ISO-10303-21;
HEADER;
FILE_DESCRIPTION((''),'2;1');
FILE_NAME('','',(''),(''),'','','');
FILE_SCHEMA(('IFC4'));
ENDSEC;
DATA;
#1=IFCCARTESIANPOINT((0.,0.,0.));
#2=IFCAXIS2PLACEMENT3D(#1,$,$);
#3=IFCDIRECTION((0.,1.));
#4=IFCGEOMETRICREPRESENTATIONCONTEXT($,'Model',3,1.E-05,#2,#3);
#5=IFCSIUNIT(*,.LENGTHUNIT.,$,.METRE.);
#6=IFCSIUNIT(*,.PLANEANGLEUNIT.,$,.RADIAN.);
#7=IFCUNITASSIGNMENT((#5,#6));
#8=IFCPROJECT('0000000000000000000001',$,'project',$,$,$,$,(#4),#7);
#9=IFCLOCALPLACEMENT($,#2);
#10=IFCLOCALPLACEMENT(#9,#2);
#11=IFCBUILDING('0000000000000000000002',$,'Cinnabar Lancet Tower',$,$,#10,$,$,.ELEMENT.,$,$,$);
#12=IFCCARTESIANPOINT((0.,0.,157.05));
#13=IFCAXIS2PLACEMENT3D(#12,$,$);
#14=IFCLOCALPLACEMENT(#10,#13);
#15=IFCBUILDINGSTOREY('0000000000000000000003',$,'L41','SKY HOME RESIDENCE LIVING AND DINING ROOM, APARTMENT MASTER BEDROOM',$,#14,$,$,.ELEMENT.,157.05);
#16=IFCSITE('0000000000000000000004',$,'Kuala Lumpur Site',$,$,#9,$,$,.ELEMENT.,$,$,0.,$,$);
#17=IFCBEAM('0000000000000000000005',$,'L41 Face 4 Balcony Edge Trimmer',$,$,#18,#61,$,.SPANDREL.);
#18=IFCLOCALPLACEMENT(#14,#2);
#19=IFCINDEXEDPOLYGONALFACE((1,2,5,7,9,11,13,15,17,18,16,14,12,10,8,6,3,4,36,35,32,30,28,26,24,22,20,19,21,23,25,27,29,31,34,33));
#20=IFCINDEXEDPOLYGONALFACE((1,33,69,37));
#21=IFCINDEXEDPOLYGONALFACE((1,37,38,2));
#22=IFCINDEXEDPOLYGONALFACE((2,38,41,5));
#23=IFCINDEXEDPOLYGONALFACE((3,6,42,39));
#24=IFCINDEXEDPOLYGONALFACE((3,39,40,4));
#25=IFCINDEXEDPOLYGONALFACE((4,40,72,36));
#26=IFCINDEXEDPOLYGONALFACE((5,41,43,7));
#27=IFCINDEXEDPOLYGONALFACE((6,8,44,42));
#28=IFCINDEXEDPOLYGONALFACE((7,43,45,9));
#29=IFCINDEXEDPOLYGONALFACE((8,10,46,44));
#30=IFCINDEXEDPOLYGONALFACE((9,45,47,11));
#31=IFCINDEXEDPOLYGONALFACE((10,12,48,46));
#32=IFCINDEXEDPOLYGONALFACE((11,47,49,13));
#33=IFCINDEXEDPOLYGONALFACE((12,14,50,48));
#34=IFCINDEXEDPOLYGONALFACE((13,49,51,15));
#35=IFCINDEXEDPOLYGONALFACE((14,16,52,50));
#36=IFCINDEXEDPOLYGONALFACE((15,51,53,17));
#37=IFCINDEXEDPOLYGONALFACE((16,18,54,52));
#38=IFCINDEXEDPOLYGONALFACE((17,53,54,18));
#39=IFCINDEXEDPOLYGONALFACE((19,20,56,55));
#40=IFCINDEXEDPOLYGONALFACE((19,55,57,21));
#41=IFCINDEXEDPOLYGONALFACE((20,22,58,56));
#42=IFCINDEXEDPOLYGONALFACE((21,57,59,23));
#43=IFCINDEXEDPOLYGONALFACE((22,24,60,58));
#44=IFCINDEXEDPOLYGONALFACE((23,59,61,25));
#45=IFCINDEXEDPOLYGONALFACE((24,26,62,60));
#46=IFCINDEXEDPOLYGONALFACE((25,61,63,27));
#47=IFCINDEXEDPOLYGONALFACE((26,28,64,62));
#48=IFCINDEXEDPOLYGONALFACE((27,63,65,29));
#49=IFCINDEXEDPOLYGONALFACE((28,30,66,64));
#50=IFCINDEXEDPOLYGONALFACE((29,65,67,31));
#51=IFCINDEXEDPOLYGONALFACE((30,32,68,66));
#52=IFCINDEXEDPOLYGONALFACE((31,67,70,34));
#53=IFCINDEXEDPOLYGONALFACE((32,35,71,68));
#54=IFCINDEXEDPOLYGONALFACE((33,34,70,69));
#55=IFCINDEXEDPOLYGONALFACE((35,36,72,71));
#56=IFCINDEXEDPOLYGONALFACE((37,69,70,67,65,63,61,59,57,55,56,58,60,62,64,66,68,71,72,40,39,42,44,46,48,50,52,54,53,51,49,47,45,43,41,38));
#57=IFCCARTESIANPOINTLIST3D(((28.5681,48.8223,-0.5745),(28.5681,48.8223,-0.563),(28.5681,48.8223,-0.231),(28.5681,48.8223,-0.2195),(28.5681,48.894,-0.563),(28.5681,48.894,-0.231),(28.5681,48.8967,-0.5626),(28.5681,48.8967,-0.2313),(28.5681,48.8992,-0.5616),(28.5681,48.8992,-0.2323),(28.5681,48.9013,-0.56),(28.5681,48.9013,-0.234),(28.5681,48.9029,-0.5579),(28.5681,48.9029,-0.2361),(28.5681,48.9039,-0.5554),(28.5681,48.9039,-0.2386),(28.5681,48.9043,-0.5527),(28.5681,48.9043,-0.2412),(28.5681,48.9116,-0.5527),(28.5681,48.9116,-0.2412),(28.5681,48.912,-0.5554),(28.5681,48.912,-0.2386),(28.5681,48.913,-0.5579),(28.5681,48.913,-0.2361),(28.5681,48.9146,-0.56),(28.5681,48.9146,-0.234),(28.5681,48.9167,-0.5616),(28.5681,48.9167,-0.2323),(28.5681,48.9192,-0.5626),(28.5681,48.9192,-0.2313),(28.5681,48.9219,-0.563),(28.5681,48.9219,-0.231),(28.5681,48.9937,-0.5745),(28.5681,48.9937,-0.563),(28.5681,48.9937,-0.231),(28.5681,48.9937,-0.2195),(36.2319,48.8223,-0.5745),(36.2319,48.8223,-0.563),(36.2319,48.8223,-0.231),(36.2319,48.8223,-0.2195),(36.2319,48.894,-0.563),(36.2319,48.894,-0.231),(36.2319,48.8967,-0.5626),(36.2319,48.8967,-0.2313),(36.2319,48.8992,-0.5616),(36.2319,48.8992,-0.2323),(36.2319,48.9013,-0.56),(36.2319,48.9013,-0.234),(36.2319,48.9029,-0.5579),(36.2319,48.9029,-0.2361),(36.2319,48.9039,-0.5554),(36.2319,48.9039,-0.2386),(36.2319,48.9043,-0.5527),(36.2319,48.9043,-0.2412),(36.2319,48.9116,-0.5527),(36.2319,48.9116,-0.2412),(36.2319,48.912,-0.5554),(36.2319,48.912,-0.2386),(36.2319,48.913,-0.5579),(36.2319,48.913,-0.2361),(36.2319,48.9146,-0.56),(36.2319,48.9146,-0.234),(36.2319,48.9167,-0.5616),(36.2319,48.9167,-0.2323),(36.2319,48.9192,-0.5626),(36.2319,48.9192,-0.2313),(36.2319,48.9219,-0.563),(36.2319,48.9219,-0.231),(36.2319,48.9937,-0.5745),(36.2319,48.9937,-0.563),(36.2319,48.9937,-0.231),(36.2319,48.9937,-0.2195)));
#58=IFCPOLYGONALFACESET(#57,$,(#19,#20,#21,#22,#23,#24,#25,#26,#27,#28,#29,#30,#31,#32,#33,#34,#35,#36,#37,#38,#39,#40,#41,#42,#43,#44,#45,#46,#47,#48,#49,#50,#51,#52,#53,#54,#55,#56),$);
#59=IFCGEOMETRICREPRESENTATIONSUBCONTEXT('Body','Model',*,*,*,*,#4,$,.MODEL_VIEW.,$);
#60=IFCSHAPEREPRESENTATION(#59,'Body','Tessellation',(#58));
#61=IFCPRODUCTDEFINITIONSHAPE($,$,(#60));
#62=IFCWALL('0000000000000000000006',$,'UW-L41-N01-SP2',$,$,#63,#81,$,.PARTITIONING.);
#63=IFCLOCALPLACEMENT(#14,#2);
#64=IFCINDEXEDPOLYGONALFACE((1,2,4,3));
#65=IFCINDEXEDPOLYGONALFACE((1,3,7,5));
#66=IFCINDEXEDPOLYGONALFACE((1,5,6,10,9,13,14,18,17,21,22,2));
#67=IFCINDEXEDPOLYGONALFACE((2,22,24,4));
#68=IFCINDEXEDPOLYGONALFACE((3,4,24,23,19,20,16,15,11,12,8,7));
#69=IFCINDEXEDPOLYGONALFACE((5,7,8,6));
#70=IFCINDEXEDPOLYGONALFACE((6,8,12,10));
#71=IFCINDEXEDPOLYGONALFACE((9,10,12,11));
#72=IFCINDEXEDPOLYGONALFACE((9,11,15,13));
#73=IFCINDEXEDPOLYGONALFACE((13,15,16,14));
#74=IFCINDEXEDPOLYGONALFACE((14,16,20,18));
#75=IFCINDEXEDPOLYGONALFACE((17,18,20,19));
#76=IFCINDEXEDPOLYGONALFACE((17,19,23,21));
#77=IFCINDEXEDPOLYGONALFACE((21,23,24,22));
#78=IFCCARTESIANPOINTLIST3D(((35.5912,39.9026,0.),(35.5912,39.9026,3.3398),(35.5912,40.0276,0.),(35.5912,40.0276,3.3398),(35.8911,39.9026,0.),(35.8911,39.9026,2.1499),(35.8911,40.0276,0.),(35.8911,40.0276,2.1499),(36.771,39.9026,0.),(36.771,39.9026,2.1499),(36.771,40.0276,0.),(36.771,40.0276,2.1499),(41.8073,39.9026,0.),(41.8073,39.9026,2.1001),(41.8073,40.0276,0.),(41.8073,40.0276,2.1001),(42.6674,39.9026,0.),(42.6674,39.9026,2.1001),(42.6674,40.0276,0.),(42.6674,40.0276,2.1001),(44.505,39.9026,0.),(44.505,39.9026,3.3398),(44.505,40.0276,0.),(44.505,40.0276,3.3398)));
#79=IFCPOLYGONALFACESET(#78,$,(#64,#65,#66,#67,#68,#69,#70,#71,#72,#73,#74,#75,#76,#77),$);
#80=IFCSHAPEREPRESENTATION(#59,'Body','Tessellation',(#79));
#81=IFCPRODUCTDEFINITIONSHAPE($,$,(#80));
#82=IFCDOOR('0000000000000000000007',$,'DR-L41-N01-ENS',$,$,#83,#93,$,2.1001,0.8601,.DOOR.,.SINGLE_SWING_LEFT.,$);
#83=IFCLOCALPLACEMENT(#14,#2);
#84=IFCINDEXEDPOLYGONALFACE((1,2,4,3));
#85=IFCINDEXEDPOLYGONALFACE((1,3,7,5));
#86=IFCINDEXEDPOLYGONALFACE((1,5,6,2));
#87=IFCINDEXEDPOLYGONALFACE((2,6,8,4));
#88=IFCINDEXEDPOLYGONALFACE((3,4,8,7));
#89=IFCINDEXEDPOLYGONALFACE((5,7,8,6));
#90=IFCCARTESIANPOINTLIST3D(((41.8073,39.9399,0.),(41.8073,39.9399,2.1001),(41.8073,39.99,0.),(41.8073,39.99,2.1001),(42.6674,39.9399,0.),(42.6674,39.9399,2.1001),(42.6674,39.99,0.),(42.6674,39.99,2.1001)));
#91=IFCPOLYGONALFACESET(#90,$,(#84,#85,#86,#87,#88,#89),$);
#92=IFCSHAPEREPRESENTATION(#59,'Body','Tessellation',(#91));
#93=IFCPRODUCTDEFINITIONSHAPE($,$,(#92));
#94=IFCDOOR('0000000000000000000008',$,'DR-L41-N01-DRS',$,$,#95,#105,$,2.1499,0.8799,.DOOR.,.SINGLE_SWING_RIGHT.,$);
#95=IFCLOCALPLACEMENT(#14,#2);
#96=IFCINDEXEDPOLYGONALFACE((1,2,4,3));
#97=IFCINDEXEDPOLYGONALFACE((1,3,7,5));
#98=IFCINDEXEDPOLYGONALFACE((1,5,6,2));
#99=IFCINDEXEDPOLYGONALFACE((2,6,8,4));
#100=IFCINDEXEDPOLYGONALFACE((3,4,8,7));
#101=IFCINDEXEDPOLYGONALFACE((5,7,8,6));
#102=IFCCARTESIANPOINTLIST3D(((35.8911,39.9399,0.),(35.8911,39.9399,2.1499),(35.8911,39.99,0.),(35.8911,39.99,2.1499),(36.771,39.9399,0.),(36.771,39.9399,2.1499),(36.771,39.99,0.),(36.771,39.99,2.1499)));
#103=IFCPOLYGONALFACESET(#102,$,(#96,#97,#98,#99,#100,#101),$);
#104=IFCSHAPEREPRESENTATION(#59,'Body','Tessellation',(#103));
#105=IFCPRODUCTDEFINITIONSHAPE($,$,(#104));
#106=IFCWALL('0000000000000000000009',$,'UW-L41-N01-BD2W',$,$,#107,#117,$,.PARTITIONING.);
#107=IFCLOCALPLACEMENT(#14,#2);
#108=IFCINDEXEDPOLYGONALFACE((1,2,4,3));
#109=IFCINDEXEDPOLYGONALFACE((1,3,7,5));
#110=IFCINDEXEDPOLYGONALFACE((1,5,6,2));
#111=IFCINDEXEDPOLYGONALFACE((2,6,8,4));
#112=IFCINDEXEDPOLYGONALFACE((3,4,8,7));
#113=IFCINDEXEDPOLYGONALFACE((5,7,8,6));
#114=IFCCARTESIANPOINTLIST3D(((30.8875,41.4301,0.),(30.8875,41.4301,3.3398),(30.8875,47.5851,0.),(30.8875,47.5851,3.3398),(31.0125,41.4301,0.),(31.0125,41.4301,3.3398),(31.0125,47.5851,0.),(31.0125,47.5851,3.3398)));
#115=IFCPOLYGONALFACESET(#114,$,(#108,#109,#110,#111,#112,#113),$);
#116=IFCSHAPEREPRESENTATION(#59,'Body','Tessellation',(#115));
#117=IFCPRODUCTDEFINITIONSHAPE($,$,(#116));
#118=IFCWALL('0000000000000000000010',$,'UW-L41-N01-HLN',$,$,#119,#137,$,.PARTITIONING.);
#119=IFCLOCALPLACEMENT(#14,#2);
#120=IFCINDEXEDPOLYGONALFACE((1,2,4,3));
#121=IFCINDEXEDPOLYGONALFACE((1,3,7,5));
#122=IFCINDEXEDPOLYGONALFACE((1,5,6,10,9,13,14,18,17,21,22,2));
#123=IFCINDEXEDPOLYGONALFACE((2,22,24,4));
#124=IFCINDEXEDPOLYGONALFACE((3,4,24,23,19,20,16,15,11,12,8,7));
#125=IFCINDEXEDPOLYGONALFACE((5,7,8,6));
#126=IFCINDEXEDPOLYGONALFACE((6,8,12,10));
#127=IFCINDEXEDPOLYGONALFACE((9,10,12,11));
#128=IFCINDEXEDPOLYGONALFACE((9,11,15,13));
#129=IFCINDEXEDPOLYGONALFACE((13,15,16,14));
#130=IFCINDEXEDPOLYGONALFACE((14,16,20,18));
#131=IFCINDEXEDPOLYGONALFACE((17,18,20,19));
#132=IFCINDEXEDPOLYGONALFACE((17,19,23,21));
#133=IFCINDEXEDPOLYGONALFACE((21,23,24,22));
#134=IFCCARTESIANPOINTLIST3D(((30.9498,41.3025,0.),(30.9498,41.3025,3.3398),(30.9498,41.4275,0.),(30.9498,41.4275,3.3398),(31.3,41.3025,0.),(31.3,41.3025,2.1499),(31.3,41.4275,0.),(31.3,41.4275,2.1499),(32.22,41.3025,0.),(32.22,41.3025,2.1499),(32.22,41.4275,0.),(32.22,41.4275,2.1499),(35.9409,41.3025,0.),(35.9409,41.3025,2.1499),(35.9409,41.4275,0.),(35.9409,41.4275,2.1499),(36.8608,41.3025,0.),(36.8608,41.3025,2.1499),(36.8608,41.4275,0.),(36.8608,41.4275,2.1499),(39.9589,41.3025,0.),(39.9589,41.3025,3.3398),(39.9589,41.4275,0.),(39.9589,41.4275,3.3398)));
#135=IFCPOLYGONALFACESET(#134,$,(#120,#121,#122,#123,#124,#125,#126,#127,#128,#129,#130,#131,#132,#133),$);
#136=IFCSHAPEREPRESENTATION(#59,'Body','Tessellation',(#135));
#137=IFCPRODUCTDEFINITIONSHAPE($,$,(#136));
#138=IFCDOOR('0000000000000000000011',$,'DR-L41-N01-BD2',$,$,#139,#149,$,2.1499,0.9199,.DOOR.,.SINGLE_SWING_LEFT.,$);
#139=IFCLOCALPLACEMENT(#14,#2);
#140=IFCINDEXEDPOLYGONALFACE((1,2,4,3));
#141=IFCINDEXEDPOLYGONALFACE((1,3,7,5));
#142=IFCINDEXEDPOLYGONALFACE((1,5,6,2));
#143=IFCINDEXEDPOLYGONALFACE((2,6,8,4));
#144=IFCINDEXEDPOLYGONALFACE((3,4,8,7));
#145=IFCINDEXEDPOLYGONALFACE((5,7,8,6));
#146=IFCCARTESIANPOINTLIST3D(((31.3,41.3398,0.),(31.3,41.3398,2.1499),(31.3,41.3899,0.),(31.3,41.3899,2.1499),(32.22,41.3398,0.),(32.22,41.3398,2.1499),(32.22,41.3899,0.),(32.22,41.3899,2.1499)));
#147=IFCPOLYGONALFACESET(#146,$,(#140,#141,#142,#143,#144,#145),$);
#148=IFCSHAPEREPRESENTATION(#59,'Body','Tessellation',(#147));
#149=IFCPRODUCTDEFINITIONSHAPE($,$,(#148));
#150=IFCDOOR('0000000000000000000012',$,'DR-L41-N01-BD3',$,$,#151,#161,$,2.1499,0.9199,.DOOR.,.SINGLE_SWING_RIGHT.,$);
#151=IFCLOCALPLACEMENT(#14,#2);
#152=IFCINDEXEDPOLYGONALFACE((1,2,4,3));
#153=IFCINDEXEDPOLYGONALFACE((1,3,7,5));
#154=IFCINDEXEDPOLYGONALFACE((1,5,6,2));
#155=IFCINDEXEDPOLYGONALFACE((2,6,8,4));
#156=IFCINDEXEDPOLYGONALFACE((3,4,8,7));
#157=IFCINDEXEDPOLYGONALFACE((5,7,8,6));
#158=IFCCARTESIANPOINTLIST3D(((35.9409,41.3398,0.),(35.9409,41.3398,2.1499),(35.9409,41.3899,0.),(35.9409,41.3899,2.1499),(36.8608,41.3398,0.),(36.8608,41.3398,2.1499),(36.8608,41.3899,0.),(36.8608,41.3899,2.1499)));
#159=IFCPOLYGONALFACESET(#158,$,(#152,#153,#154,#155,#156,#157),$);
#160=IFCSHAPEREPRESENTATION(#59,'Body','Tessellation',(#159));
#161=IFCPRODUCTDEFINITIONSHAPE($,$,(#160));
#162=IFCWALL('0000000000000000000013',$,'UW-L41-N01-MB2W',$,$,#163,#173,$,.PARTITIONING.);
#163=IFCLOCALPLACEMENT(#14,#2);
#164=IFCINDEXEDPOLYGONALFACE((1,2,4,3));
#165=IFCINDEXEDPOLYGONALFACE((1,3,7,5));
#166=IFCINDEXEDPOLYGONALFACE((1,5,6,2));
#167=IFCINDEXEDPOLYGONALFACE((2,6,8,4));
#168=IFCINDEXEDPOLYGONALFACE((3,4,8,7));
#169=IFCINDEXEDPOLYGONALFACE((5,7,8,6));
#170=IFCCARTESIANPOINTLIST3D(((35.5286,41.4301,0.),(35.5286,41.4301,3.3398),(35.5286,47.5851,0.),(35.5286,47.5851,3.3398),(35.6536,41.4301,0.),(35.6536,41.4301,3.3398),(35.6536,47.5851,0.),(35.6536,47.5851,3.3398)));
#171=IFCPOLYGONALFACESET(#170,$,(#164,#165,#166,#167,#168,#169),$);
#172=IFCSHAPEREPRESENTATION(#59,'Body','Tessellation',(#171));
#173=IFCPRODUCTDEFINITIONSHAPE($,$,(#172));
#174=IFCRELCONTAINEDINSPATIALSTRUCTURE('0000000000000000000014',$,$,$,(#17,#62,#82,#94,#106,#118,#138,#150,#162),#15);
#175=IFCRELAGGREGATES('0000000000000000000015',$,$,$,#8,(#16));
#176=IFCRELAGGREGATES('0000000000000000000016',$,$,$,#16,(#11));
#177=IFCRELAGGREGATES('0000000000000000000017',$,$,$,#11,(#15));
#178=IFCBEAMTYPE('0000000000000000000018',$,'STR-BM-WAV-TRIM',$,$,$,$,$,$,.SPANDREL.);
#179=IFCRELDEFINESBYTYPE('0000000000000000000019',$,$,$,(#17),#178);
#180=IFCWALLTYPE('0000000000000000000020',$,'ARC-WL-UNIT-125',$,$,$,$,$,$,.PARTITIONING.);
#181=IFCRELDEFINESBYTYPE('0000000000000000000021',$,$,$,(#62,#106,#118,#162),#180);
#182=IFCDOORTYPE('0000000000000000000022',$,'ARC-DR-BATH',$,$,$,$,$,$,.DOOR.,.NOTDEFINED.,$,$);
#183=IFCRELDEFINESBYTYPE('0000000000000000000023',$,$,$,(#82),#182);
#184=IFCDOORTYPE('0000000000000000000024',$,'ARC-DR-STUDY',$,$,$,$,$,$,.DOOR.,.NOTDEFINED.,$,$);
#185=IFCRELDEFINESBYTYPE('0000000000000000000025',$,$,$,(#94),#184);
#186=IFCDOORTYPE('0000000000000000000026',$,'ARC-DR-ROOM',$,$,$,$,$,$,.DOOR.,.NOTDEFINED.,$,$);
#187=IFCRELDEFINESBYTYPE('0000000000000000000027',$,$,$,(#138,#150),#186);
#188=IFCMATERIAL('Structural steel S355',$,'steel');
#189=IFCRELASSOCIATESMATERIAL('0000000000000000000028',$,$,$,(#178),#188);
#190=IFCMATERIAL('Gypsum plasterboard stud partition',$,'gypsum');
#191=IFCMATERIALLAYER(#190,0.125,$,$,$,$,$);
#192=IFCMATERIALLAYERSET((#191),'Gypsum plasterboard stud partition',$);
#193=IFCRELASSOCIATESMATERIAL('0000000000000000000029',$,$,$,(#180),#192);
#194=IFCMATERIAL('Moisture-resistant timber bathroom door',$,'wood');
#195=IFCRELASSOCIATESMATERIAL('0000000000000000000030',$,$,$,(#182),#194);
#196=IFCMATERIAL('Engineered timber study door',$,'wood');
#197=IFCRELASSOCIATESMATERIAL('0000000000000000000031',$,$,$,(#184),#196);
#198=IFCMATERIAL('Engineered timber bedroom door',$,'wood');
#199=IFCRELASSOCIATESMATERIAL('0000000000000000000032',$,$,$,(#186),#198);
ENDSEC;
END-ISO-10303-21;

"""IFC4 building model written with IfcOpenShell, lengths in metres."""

from ifc_helpers import new_model, si_unit, direction, frame, frame_2d, origin, origin_2d, place, context, subcontext, project, spatial, rectangle, i_section, extrude, material, layer, layer_set, material_profile, profile_set, type_object, element, fill, save


model = new_model("IFC4")

# Units and contexts
model_context = context("Model", 3, precision=1e-05, world=origin(), true_north=direction((0.0, 1.0)))
body_context = subcontext(model_context, "Body", "Model", "MODEL_VIEW")
ifc_project = project(units=[si_unit("LENGTHUNIT", "METRE"), si_unit("PLANEANGLEUNIT", "RADIAN")], contexts=[model_context])

# Site, building, storey
site_placement = place(None, origin())
site = spatial("IfcSite", under=ifc_project, at=site_placement, Name="Kuala Lumpur Site", CompositionType="ELEMENT", RefElevation=0.0)
building_placement = place(site_placement, origin())
building = spatial("IfcBuilding", under=site, at=building_placement, Name="Cinnabar Lancet Tower", CompositionType="ELEMENT")
storey_placement = place(building_placement, frame((0.0, 0.0, 157.05)))
storey = spatial("IfcBuildingStorey", under=building, at=storey_placement, Name="L41", Description="SKY HOME RESIDENCE LIVING AND DINING ROOM, APARTMENT MASTER BEDROOM", CompositionType="ELEMENT", Elevation=157.05)

# Beam
ifc_material_1 = material(Name="Structural steel S355", Category="steel")
ifc_material_profile_1 = material_profile(ifc_material_1, i_section(OverallWidth=0.1714, OverallDepth=0.355, WebThickness=0.0073, FlangeThickness=0.0115, FilletRadius=0.0103, at=origin_2d()), Name="UKB 356x171x51")
ifc_profile_set_1 = profile_set([ifc_material_profile_1], Name="Structural steel S355")
beam_type_1 = type_object("IfcBeamType", Name="STR-BM-WAV-TRIM", PredefinedType="SPANDREL", material=ifc_profile_set_1)
beam_1_placement = place(storey_placement, frame((36.2319, 48.908, -0.397), z_axis=(-1.0, 0.0, 0.0), x_axis=(0.0, -1.0, 0.0)))
element("IfcBeam", 1, at=beam_1_placement, inside=storey, type_object=beam_type_1, Name="L41 Face 4 Balcony Edge Trimmer", PredefinedType="SPANDREL", context=body_context, shape_type="SweptSolid", body=[
    extrude(i_section(OverallWidth=0.1714, OverallDepth=0.355, WebThickness=0.0073, FlangeThickness=0.0115, FilletRadius=0.0103, at=origin_2d()), origin(), (0.0, 0.0, 1.0), 7.6638),
])

# Wall, openings, doors
ifc_material_2 = material(Name="Gypsum plasterboard stud partition", Category="gypsum")
ifc_layer_1 = layer(ifc_material_2, 0.125)
ifc_layer_set_1 = layer_set([ifc_layer_1], Name="Gypsum plasterboard stud partition")
wall_type_1 = type_object("IfcWallType", Name="ARC-WL-UNIT-125", PredefinedType="PARTITIONING", material=ifc_layer_set_1)
wall_1_placement = place(storey_placement, frame((35.5911, 39.9651, 0.0), z_axis=(0.0, 0.0, 1.0), x_axis=(1.0, 0.0, 0.0)))
wall_1 = element("IfcWall", 2, at=wall_1_placement, inside=storey, type_object=wall_type_1, Name="UW-L41-N01-SP2", PredefinedType="PARTITIONING", context=body_context, shape_type="SweptSolid", body=[
    extrude(rectangle(XDim=8.9138, YDim=0.125, at=frame_2d((4.457, 0.0))), origin(), (0.0, 0.0, 1.0), 3.3398),
])
opening_1_placement = place(wall_1_placement, frame((6.2161, 0.0, 0.0)))
opening_1 = element("IfcOpeningElement", 3, at=opening_1_placement, cuts=wall_1, PredefinedType="OPENING", context=body_context, shape_type="SweptSolid", body=[
    extrude(rectangle(XDim=0.8601, YDim=2.1001, at=frame_2d((0.4302, 1.05))), frame((0.0, 0.0725, 0.0), z_axis=(0.0, -1.0, 0.0), x_axis=(1.0, 0.0, 0.0)), (0.0, 0.0, 1.0), 0.145),
])
opening_2_placement = place(wall_1_placement, frame((0.3, 0.0, 0.0)))
opening_2 = element("IfcOpeningElement", 4, at=opening_2_placement, cuts=wall_1, PredefinedType="OPENING", context=body_context, shape_type="SweptSolid", body=[
    extrude(rectangle(XDim=0.8799, YDim=2.1499, at=frame_2d((0.4399, 1.075))), frame((0.0, 0.0725, 0.0), z_axis=(0.0, -1.0, 0.0), x_axis=(1.0, 0.0, 0.0)), (0.0, 0.0, 1.0), 0.145),
])
ifc_material_3 = material(Name="Moisture-resistant timber bathroom door", Category="wood")
door_type_1 = type_object("IfcDoorType", Name="ARC-DR-BATH", OperationType="NOTDEFINED", PredefinedType="DOOR", material=ifc_material_3)
door_1_placement = place(opening_1_placement, origin())
door_1 = element("IfcDoor", 5, at=door_1_placement, inside=storey, type_object=door_type_1, Name="DR-L41-N01-ENS", OperationType="SINGLE_SWING_LEFT", OverallHeight=2.1001, OverallWidth=0.8601, PredefinedType="DOOR", context=body_context, shape_type="SweptSolid", body=[
    extrude(rectangle(XDim=0.8601, YDim=2.1001, at=frame_2d((0.4302, 1.05))), frame((0.0, 0.0249, 0.0), z_axis=(0.0, -1.0, 0.0), x_axis=(1.0, 0.0, 0.0)), (0.0, 0.0, 1.0), 0.05),
])
fill(opening_1, door_1)
ifc_material_4 = material(Name="Engineered timber study door", Category="wood")
door_type_2 = type_object("IfcDoorType", Name="ARC-DR-STUDY", OperationType="NOTDEFINED", PredefinedType="DOOR", material=ifc_material_4)
door_2_placement = place(opening_2_placement, origin())
door_2 = element("IfcDoor", 6, at=door_2_placement, inside=storey, type_object=door_type_2, Name="DR-L41-N01-DRS", OperationType="SINGLE_SWING_RIGHT", OverallHeight=2.1499, OverallWidth=0.8799, PredefinedType="DOOR", context=body_context, shape_type="SweptSolid", body=[
    extrude(rectangle(XDim=0.8799, YDim=2.1499, at=frame_2d((0.4399, 1.075))), frame((0.0, 0.0249, 0.0), z_axis=(0.0, -1.0, 0.0), x_axis=(1.0, 0.0, 0.0)), (0.0, 0.0, 1.0), 0.05),
])
fill(opening_2, door_2)

# Wall
wall_2_placement = place(storey_placement, frame((30.95, 41.4299, 0.0), z_axis=(0.0, 0.0, 1.0), x_axis=(0.0, 1.0, 0.0)))
element("IfcWall", 7, at=wall_2_placement, inside=storey, type_object=wall_type_1, Name="UW-L41-N01-BD2W", PredefinedType="PARTITIONING", context=body_context, shape_type="SweptSolid", body=[
    extrude(rectangle(XDim=6.155, YDim=0.125, at=frame_2d((3.0776, 0.0))), origin(), (0.0, 0.0, 1.0), 3.3398),
])

# Wall, openings, doors
wall_3_placement = place(storey_placement, frame((30.95, 41.365, 0.0), z_axis=(0.0, 0.0, 1.0), x_axis=(1.0, 0.0, 0.0)))
wall_3 = element("IfcWall", 8, at=wall_3_placement, inside=storey, type_object=wall_type_1, Name="UW-L41-N01-HLN", PredefinedType="PARTITIONING", context=body_context, shape_type="SweptSolid", body=[
    extrude(rectangle(XDim=9.009, YDim=0.125, at=frame_2d((4.5044, 0.0))), origin(), (0.0, 0.0, 1.0), 3.3398),
])
opening_3_placement = place(wall_3_placement, frame((0.3501, 0.0, 0.0)))
opening_3 = element("IfcOpeningElement", 9, at=opening_3_placement, cuts=wall_3, PredefinedType="OPENING", context=body_context, shape_type="SweptSolid", body=[
    extrude(rectangle(XDim=0.9199, YDim=2.1499, at=frame_2d((0.46, 1.075))), frame((0.0, 0.0725, 0.0), z_axis=(0.0, -1.0, 0.0), x_axis=(1.0, 0.0, 0.0)), (0.0, 0.0, 1.0), 0.145),
])
opening_4_placement = place(wall_3_placement, frame((4.991, 0.0, 0.0)))
opening_4 = element("IfcOpeningElement", 10, at=opening_4_placement, cuts=wall_3, PredefinedType="OPENING", context=body_context, shape_type="SweptSolid", body=[
    extrude(rectangle(XDim=0.9199, YDim=2.1499, at=frame_2d((0.46, 1.075))), frame((0.0, 0.0725, 0.0), z_axis=(0.0, -1.0, 0.0), x_axis=(1.0, 0.0, 0.0)), (0.0, 0.0, 1.0), 0.145),
])
ifc_material_5 = material(Name="Engineered timber bedroom door", Category="wood")
door_type_3 = type_object("IfcDoorType", Name="ARC-DR-ROOM", OperationType="NOTDEFINED", PredefinedType="DOOR", material=ifc_material_5)
door_3_placement = place(opening_3_placement, origin())
door_3 = element("IfcDoor", 11, at=door_3_placement, inside=storey, type_object=door_type_3, Name="DR-L41-N01-BD2", OperationType="SINGLE_SWING_LEFT", OverallHeight=2.1499, OverallWidth=0.9199, PredefinedType="DOOR", context=body_context, shape_type="SweptSolid", body=[
    extrude(rectangle(XDim=0.9199, YDim=2.1499, at=frame_2d((0.46, 1.075))), frame((0.0, 0.0249, 0.0), z_axis=(0.0, -1.0, 0.0), x_axis=(1.0, 0.0, 0.0)), (0.0, 0.0, 1.0), 0.05),
])
fill(opening_3, door_3)
door_4_placement = place(opening_4_placement, origin())
door_4 = element("IfcDoor", 12, at=door_4_placement, inside=storey, type_object=door_type_3, Name="DR-L41-N01-BD3", OperationType="SINGLE_SWING_RIGHT", OverallHeight=2.1499, OverallWidth=0.9199, PredefinedType="DOOR", context=body_context, shape_type="SweptSolid", body=[
    extrude(rectangle(XDim=0.9199, YDim=2.1499, at=frame_2d((0.46, 1.075))), frame((0.0, 0.0249, 0.0), z_axis=(0.0, -1.0, 0.0), x_axis=(1.0, 0.0, 0.0)), (0.0, 0.0, 1.0), 0.05),
])
fill(opening_4, door_4)

# Wall
for number, where, z_axis, x_axis, name in (
    (13, (35.5911, 41.4299, 0.0), (0.0, 0.0, 1.0), (0.0, 1.0, 0.0), "UW-L41-N01-MB2W"),
):
    element("IfcWall", number, at=place(storey_placement, frame(where, z_axis=z_axis, x_axis=x_axis)), inside=storey, type_object=wall_type_1, Name=name, PredefinedType="PARTITIONING", context=body_context, shape_type="SweptSolid", body=[
        extrude(rectangle(XDim=6.155, YDim=0.125, at=frame_2d((3.0776, 0.0))), origin(), (0.0, 0.0, 1.0), 3.3398),
    ])

save(model, "model.ifc")
